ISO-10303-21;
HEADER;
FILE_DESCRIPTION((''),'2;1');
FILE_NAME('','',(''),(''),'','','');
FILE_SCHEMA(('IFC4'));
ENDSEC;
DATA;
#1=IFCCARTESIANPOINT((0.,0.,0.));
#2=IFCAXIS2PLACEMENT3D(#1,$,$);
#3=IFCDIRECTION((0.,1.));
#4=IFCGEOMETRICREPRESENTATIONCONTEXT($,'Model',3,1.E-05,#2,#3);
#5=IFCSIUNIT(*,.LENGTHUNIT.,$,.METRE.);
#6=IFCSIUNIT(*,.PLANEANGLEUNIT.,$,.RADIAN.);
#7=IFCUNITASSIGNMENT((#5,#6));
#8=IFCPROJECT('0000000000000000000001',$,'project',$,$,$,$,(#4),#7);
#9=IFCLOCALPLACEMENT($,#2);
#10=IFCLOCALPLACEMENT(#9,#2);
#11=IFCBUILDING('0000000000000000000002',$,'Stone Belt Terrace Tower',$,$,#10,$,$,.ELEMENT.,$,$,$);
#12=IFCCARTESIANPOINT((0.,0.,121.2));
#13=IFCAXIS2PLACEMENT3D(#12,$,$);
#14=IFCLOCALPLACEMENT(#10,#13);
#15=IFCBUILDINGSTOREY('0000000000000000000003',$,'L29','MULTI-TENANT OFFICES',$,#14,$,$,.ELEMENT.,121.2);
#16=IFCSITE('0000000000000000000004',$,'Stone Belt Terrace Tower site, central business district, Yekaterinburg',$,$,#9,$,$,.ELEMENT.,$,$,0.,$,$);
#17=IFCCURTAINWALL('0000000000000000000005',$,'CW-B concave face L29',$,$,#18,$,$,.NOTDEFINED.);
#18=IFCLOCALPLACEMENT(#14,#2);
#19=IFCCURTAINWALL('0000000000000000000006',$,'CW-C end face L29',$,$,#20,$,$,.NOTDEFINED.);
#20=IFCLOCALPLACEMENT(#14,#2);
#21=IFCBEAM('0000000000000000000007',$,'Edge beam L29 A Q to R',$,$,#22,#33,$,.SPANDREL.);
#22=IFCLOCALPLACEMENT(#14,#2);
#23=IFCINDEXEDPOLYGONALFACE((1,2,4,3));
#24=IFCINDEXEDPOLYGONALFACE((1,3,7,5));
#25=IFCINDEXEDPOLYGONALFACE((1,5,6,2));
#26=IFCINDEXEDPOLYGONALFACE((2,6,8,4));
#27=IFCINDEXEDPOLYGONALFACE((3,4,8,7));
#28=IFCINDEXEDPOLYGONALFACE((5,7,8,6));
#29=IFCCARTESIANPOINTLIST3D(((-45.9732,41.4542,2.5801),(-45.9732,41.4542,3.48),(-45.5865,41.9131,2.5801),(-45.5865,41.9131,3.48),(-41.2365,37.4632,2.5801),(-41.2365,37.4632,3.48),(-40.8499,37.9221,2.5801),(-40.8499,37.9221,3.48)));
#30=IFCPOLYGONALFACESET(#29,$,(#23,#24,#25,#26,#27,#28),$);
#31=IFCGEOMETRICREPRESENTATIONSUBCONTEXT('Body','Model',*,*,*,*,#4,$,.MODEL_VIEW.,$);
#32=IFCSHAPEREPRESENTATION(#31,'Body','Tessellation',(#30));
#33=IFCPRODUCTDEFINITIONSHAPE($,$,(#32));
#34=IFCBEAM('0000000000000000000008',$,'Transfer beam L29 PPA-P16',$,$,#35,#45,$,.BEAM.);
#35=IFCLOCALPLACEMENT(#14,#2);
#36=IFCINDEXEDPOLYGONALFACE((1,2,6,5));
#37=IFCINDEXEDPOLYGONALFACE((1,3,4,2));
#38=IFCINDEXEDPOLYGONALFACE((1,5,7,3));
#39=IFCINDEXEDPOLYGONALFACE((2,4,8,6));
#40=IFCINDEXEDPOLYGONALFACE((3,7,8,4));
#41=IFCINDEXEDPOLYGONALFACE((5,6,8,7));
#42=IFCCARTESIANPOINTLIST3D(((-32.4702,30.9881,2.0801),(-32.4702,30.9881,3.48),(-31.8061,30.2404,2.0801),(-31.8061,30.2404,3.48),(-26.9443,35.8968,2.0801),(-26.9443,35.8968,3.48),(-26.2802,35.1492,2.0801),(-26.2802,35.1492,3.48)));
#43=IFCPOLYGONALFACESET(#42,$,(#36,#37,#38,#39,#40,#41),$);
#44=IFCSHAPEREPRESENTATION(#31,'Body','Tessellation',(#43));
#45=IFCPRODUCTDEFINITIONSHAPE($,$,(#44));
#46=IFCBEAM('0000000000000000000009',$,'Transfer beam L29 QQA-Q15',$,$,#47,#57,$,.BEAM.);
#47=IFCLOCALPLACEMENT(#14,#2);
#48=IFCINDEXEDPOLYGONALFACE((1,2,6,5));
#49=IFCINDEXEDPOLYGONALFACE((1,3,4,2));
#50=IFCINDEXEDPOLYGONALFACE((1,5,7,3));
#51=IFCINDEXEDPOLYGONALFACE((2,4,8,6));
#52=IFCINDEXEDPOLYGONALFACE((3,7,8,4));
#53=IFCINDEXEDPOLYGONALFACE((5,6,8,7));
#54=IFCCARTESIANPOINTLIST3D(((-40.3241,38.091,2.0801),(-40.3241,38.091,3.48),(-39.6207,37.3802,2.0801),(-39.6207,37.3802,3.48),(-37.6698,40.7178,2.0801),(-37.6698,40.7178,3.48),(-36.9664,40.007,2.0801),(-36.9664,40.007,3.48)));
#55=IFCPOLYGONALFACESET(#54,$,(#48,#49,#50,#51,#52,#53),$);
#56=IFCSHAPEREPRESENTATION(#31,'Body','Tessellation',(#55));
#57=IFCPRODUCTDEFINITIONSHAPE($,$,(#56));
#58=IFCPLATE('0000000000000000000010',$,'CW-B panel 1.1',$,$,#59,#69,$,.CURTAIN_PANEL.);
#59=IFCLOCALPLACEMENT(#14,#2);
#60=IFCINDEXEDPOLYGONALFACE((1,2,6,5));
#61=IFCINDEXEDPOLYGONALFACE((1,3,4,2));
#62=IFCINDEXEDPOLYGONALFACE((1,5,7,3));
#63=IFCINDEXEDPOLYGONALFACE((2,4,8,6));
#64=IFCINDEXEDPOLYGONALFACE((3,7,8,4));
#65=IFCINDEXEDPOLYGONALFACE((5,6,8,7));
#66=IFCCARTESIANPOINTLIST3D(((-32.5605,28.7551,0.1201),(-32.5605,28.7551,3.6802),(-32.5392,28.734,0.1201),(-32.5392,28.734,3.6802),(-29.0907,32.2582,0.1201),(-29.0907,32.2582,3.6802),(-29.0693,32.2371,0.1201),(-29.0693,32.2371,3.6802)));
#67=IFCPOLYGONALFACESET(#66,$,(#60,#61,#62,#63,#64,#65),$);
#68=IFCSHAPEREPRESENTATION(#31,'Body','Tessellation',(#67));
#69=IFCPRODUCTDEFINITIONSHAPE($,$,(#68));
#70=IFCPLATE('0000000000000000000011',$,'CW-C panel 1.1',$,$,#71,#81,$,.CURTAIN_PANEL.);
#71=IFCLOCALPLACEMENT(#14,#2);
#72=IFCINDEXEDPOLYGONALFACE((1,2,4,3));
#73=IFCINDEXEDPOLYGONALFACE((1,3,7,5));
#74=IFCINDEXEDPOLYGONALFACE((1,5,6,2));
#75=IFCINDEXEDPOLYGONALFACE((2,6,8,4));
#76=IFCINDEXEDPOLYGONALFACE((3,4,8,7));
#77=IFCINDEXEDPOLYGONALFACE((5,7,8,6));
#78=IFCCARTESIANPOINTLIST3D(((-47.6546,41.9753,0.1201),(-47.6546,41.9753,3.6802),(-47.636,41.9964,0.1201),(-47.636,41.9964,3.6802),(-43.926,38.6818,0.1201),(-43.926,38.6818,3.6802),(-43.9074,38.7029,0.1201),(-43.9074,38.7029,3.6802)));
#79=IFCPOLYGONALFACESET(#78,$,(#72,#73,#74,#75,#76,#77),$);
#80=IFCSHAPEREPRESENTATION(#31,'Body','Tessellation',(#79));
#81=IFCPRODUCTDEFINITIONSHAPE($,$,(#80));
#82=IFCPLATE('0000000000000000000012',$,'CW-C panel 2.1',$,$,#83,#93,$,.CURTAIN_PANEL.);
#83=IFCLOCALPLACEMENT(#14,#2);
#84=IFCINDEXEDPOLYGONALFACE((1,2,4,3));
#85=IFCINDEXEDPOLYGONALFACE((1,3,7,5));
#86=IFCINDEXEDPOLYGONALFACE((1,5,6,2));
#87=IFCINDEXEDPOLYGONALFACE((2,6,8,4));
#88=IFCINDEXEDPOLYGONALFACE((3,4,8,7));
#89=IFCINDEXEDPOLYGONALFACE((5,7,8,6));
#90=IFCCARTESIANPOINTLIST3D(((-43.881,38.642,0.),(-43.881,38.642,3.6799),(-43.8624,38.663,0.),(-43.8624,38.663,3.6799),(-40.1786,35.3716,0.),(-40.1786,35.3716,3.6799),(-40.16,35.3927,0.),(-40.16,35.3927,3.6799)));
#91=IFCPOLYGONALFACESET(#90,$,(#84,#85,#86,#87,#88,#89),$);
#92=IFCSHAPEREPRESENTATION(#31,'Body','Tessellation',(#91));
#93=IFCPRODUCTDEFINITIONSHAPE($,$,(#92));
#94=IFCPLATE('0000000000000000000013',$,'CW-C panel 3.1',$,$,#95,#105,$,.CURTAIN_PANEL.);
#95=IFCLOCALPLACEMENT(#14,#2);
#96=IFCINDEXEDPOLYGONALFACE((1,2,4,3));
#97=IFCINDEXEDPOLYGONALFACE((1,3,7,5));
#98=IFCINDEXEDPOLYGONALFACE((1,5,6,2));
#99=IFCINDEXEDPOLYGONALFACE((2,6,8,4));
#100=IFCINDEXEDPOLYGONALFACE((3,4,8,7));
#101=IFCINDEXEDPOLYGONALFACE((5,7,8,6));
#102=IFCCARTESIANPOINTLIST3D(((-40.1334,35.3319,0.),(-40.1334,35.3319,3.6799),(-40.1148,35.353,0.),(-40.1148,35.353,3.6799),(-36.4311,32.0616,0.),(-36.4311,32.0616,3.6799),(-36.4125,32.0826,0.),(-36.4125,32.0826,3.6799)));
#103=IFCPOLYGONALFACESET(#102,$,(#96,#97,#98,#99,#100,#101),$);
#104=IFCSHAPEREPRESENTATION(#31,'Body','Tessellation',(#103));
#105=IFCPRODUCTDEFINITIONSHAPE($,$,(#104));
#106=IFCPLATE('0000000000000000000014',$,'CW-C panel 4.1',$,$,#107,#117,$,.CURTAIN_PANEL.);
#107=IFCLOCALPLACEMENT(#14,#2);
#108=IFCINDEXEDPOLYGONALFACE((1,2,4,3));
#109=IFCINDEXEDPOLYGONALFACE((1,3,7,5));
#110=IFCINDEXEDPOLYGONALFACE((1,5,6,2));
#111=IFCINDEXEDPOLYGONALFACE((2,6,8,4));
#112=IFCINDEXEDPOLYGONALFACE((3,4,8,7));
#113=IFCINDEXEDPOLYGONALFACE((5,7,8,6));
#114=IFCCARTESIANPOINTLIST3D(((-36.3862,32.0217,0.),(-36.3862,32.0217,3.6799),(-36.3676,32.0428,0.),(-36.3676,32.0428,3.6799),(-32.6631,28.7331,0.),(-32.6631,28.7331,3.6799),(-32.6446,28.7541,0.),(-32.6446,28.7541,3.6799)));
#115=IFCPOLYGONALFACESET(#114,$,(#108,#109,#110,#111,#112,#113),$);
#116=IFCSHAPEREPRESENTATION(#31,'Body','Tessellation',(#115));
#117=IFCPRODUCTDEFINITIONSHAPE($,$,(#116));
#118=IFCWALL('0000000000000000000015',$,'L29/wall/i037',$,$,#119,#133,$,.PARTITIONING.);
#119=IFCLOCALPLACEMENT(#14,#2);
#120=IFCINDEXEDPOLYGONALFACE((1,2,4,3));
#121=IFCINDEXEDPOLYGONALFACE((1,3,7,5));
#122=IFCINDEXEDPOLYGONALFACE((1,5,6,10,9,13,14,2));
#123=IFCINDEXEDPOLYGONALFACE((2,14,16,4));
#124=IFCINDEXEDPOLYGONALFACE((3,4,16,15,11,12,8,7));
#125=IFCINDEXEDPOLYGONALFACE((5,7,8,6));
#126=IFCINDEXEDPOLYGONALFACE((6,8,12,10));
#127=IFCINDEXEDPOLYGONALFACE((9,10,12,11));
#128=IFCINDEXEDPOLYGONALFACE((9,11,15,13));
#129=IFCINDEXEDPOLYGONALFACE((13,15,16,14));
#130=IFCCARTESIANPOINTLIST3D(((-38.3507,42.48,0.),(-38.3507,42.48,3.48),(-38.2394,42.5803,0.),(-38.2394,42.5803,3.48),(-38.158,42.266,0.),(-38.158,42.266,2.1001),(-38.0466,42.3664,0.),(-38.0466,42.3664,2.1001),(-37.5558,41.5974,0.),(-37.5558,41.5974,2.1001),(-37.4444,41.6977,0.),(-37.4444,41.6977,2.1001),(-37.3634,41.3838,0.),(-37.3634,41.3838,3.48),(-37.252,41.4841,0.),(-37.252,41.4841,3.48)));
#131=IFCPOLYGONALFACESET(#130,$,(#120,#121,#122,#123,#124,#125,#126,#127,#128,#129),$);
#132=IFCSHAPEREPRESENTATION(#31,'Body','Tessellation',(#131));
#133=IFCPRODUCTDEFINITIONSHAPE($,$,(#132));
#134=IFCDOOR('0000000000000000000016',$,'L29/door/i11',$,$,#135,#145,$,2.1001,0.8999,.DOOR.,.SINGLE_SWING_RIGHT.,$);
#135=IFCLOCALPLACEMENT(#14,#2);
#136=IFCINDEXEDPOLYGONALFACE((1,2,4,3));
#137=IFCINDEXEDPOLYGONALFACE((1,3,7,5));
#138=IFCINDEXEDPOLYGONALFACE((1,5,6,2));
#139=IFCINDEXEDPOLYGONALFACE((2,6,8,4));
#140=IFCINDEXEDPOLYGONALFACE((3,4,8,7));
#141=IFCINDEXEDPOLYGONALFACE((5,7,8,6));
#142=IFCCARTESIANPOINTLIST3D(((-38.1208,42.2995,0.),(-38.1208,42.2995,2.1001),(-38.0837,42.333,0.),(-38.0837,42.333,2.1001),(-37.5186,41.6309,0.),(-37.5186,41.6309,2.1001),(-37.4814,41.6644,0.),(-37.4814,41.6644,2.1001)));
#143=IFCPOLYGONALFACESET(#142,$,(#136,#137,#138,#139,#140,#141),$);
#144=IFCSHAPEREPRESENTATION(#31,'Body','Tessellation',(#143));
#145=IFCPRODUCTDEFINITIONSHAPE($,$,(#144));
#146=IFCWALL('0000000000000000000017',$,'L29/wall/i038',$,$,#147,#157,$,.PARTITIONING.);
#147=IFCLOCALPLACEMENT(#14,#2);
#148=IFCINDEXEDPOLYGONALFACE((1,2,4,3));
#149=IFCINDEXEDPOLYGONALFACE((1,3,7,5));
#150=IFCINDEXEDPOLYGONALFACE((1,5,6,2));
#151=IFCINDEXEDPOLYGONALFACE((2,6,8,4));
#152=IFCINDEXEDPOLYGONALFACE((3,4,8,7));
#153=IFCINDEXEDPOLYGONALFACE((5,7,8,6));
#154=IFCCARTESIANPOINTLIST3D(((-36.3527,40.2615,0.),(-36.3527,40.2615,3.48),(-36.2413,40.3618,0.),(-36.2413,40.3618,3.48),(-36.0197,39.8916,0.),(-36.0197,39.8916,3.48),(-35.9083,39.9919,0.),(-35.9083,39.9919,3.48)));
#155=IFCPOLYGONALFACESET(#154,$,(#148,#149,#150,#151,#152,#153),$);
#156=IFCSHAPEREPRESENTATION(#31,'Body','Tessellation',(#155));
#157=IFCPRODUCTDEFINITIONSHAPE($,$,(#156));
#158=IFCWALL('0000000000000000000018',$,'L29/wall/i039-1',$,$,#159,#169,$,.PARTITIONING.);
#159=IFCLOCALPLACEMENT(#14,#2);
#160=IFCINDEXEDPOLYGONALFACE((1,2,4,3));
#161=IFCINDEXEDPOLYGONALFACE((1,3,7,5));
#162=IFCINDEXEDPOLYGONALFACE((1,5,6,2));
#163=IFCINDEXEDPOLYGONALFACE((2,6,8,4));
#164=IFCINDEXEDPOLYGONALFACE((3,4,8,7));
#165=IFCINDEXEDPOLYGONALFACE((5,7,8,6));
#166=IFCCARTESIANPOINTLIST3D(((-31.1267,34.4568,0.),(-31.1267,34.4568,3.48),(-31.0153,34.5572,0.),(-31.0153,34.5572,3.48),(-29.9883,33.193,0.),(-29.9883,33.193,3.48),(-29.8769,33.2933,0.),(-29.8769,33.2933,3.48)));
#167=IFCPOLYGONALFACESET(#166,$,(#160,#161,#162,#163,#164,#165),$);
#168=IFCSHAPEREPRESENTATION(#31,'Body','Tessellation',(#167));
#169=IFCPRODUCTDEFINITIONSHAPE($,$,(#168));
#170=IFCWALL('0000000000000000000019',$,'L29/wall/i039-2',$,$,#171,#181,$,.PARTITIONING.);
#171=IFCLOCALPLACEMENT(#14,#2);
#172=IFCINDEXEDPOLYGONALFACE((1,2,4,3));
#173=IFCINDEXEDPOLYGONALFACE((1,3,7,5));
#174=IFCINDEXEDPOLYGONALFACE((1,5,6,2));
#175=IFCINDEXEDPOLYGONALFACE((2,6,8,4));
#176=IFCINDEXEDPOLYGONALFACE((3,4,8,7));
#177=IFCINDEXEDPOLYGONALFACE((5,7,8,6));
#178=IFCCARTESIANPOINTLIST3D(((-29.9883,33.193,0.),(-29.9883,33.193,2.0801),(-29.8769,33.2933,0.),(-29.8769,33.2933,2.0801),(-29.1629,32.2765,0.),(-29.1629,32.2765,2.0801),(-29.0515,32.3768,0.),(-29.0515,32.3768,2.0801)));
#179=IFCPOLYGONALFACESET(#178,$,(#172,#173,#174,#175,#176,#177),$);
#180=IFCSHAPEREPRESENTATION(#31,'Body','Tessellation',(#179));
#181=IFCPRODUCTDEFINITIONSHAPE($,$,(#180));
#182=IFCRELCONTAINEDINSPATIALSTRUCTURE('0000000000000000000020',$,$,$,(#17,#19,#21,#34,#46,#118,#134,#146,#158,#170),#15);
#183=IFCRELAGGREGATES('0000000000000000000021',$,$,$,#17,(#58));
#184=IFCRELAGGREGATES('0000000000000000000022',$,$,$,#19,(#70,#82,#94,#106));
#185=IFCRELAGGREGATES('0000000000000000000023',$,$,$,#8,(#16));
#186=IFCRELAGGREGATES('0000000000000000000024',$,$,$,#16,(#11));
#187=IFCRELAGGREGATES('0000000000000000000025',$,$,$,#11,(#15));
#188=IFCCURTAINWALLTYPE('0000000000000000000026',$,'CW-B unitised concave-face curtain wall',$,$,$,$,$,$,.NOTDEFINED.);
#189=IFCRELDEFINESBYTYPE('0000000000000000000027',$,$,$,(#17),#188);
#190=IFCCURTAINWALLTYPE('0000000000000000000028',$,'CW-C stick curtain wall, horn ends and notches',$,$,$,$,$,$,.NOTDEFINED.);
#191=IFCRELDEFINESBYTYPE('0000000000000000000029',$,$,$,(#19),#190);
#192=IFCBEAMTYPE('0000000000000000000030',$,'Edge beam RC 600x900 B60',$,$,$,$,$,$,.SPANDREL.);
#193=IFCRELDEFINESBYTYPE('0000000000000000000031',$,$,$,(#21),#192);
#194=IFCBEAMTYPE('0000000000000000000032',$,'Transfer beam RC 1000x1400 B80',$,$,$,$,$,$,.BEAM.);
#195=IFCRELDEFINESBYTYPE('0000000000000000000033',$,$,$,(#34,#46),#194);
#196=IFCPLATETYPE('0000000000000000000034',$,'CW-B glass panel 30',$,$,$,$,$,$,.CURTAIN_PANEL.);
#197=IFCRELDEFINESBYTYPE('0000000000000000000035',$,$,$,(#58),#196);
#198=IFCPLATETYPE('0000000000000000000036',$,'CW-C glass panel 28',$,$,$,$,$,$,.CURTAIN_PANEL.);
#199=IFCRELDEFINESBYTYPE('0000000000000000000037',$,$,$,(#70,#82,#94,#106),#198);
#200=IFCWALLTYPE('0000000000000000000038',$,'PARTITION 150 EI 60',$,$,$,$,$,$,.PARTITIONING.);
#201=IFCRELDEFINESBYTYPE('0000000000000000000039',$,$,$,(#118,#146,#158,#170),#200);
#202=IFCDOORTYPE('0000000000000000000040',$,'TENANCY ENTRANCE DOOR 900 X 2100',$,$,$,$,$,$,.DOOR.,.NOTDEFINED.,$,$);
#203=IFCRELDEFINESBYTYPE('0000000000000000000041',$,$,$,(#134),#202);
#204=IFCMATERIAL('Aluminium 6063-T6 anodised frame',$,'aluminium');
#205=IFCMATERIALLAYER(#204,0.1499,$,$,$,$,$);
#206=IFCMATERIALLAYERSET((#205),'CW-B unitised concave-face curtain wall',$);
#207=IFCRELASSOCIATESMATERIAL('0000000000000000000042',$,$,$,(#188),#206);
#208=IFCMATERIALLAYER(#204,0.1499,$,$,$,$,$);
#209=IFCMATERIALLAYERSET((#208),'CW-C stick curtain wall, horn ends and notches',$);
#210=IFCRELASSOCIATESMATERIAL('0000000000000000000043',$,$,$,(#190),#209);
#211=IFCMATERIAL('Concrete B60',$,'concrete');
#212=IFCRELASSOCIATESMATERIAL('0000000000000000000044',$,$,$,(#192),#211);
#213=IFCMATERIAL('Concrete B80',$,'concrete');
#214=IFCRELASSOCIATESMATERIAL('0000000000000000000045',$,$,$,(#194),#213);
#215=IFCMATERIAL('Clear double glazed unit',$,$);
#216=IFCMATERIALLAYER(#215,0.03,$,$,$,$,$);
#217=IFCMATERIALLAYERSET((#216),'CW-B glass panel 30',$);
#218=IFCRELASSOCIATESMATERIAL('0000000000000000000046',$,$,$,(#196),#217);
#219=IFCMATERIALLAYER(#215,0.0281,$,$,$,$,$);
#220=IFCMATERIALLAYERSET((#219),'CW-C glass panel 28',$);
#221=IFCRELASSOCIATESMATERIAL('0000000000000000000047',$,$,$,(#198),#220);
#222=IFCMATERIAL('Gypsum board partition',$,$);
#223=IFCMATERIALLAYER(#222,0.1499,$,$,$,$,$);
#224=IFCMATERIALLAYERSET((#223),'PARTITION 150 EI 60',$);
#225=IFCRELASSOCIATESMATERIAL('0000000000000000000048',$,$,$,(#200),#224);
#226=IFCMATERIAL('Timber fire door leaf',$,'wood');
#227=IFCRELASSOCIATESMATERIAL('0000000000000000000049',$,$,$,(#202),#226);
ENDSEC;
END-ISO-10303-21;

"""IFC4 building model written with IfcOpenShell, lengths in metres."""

from ifc_helpers import new_model, si_unit, direction, frame, frame_2d, origin, origin_2d, place, context, subcontext, project, spatial, rectangle, extrude, material, layer, layer_set, material_profile, profile_set, type_object, element, fill, aggregate, save


model = new_model("IFC4")

# Units and contexts
model_context = context("Model", 3, precision=1e-05, world=origin(), true_north=direction((0.0, 1.0)))
body_context = subcontext(model_context, "Body", "Model", "MODEL_VIEW")
ifc_project = project(units=[si_unit("LENGTHUNIT", "METRE"), si_unit("PLANEANGLEUNIT", "RADIAN")], contexts=[model_context])

# Site, building, storey
site_placement = place(None, origin())
site = spatial("IfcSite", under=ifc_project, at=site_placement, Name="Stone Belt Terrace Tower site, central business district, Yekaterinburg", CompositionType="ELEMENT", RefElevation=0.0)
building_placement = place(site_placement, origin())
building = spatial("IfcBuilding", under=site, at=building_placement, Name="Stone Belt Terrace Tower", CompositionType="ELEMENT")
storey_placement = place(building_placement, frame((0.0, 0.0, 121.2)))
storey = spatial("IfcBuildingStorey", under=building, at=storey_placement, Name="L29", Description="MULTI-TENANT OFFICES", CompositionType="ELEMENT", Elevation=121.2)

# Shared definitions
ifc_material_1 = material(Name="Concrete B80", Category="concrete")

# Curtain walls
ifc_material_2 = material(Name="Aluminium 6063-T6 anodised frame", Category="aluminium")
ifc_layer_1 = layer(ifc_material_2, 0.1499)
ifc_layer_set_1 = layer_set([ifc_layer_1], Name="CW-B unitised concave-face curtain wall")
curtain_wall_type_1 = type_object("IfcCurtainWallType", Name="CW-B unitised concave-face curtain wall", PredefinedType="NOTDEFINED", material=ifc_layer_set_1)
curtain_wall_1_placement = place(storey_placement, origin())
curtain_wall_1 = element("IfcCurtainWall", 1, at=curtain_wall_1_placement, inside=storey, type_object=curtain_wall_type_1, Name="CW-B concave face L29", PredefinedType="NOTDEFINED")
ifc_layer_2 = layer(ifc_material_2, 0.1499)
ifc_layer_set_2 = layer_set([ifc_layer_2], Name="CW-C stick curtain wall, horn ends and notches")
curtain_wall_type_2 = type_object("IfcCurtainWallType", Name="CW-C stick curtain wall, horn ends and notches", PredefinedType="NOTDEFINED", material=ifc_layer_set_2)
curtain_wall_2_placement = place(storey_placement, origin())
curtain_wall_2 = element("IfcCurtainWall", 2, at=curtain_wall_2_placement, inside=storey, type_object=curtain_wall_type_2, Name="CW-C end face L29", PredefinedType="NOTDEFINED")

# Beams
ifc_material_3 = material(Name="Concrete B60", Category="concrete")
ifc_material_profile_1 = material_profile(ifc_material_3, rectangle(XDim=0.6001, YDim=0.8999, at=origin_2d()), Name="RC 600x900")
ifc_profile_set_1 = profile_set([ifc_material_profile_1], Name="Concrete B60")
beam_type_1 = type_object("IfcBeamType", Name="Edge beam RC 600x900 B60", PredefinedType="SPANDREL", material=ifc_profile_set_1)
beam_1_placement = place(storey_placement, frame((-41.0432, 37.6926, 3.03), z_axis=(-0.76473, 0.644351, 0.0), x_axis=(-0.644351, -0.76473, 0.0)))
element("IfcBeam", 3, at=beam_1_placement, inside=storey, type_object=beam_type_1, Name="Edge beam L29 A Q to R", PredefinedType="SPANDREL", context=body_context, shape_type="SweptSolid", body=[
    extrude(rectangle(XDim=0.6001, YDim=0.8999, at=origin_2d()), origin(), (0.0, 0.0, 1.0), 6.1938),
])
ifc_material_profile_2 = material_profile(ifc_material_1, rectangle(XDim=1.0, YDim=1.3999, at=origin_2d()), Name="RC 1000x1400")
ifc_profile_set_2 = profile_set([ifc_material_profile_2], Name="Concrete B80")
beam_type_2 = type_object("IfcBeamType", Name="Transfer beam RC 1000x1400 B80", PredefinedType="BEAM", material=ifc_profile_set_2)
beam_2_placement = place(storey_placement, frame((-32.1382, 30.6143, 2.78), z_axis=(0.747624, 0.664122, 0.0), x_axis=(-0.664122, 0.747624, 0.0)))
element("IfcBeam", 4, at=beam_2_placement, inside=storey, type_object=beam_type_2, Name="Transfer beam L29 PPA-P16", PredefinedType="BEAM", context=body_context, shape_type="SweptSolid", body=[
    extrude(rectangle(XDim=1.0, YDim=1.3999, at=origin_2d()), origin(), (0.0, 0.0, 1.0), 7.3914),
])
beam_3_placement = place(storey_placement, frame((-39.9724, 37.7356, 2.78), z_axis=(0.710791, 0.703403, 0.0), x_axis=(-0.703403, 0.710791, 0.0)))
element("IfcBeam", 5, at=beam_3_placement, inside=storey, type_object=beam_type_2, Name="Transfer beam L29 QQA-Q15", PredefinedType="BEAM", context=body_context, shape_type="SweptSolid", body=[
    extrude(rectangle(XDim=1.0, YDim=1.3999, at=origin_2d()), origin(), (0.0, 0.0, 1.0), 3.7344),
])

# Plates
ifc_material_4 = material(Name="Clear double glazed unit")
ifc_layer_3 = layer(ifc_material_4, 0.03)
ifc_layer_set_3 = layer_set([ifc_layer_3], Name="CW-B glass panel 30")
plate_type_1 = type_object("IfcPlateType", Name="CW-B glass panel 30", PredefinedType="CURTAIN_PANEL", material=ifc_layer_set_3)
plate_1_placement = place(storey_placement, frame((-30.8149, 30.4961, 0.1201), z_axis=(0.0, 0.0, 1.0), x_axis=(0.703735, 0.710463, 0.0)))
plate_1 = element("IfcPlate", 6, at=plate_1_placement, type_object=plate_type_1, Name="CW-B panel 1.1", PredefinedType="CURTAIN_PANEL", context=body_context, shape_type="SweptSolid", body=[
    extrude(rectangle(XDim=4.9307, YDim=0.03, at=origin_2d()), origin(), (0.0, 0.0, 1.0), 3.5601),
])
aggregate(curtain_wall_1, [plate_1])
ifc_layer_4 = layer(ifc_material_4, 0.0281)
ifc_layer_set_4 = layer_set([ifc_layer_4], Name="CW-C glass panel 28")
plate_type_2 = type_object("IfcPlateType", Name="CW-C glass panel 28", PredefinedType="CURTAIN_PANEL", material=ifc_layer_set_4)
plate_2_placement = place(storey_placement, frame((-45.781, 40.3391, 0.1201), z_axis=(0.0, 0.0, 1.0), x_axis=(0.749478, -0.66203, 0.0)))
plate_2 = element("IfcPlate", 7, at=plate_2_placement, type_object=plate_type_2, Name="CW-C panel 1.1", PredefinedType="CURTAIN_PANEL", context=body_context, shape_type="SweptSolid", body=[
    extrude(rectangle(XDim=4.9749, YDim=0.0281, at=origin_2d()), origin(), (0.0, 0.0, 1.0), 3.5601),
])
plate_3_placement = place(storey_placement, frame((-42.0205, 37.0173, 0.0), z_axis=(0.0, 0.0, 1.0), x_axis=(0.749478, -0.66203, 0.0)))
plate_3 = element("IfcPlate", 8, at=plate_3_placement, type_object=plate_type_2, Name="CW-C panel 2.1", PredefinedType="CURTAIN_PANEL", context=body_context, shape_type="SweptSolid", body=[
    extrude(rectangle(XDim=4.9399, YDim=0.0281, at=origin_2d()), origin(), (0.0, 0.0, 1.0), 3.6799),
])
plate_4_placement = place(storey_placement, frame((-38.2729, 33.7073, 0.0), z_axis=(0.0, 0.0, 1.0), x_axis=(0.749478, -0.66203, 0.0)))
plate_4 = element("IfcPlate", 9, at=plate_4_placement, type_object=plate_type_2, Name="CW-C panel 3.1", PredefinedType="CURTAIN_PANEL", context=body_context, shape_type="SweptSolid", body=[
    extrude(rectangle(XDim=4.9399, YDim=0.0281, at=origin_2d()), origin(), (0.0, 0.0, 1.0), 3.6799),
])
plate_5_placement = place(storey_placement, frame((-34.5154, 30.3879, 0.0), z_axis=(0.0, 0.0, 1.0), x_axis=(0.749478, -0.66203, 0.0)))
plate_5 = element("IfcPlate", 10, at=plate_5_placement, type_object=plate_type_2, Name="CW-C panel 4.1", PredefinedType="CURTAIN_PANEL", context=body_context, shape_type="SweptSolid", body=[
    extrude(rectangle(XDim=4.9675, YDim=0.0281, at=origin_2d()), origin(), (0.0, 0.0, 1.0), 3.6799),
])
aggregate(curtain_wall_2, [plate_2, plate_3, plate_4, plate_5])

# Wall, opening, door
ifc_material_5 = material(Name="Gypsum board partition")
ifc_layer_5 = layer(ifc_material_5, 0.1499)
ifc_layer_set_5 = layer_set([ifc_layer_5], Name="PARTITION 150 EI 60")
wall_type_1 = type_object("IfcWallType", Name="PARTITION 150 EI 60", PredefinedType="PARTITIONING", material=ifc_layer_set_5)
wall_1_placement = place(storey_placement, frame((-37.3076, 41.4338, 0.0), z_axis=(0.0, 0.0, 1.0), x_axis=(-0.669239, 0.743047, 0.0)))
wall_1 = element("IfcWall", 11, at=wall_1_placement, inside=storey, type_object=wall_type_1, Name="L29/wall/i037", PredefinedType="PARTITIONING", context=body_context, shape_type="SweptSolid", body=[
    extrude(rectangle(XDim=1.4753, YDim=0.1499, at=frame_2d((0.7378, 0.0))), origin(), (0.0, 0.0, 1.0), 3.48),
])
opening_1_placement = place(wall_1_placement, frame((0.2876, 0.0, 0.0)))
opening_1 = element("IfcOpeningElement", 12, at=opening_1_placement, cuts=wall_1, PredefinedType="OPENING", context=body_context, shape_type="SweptSolid", body=[
    extrude(rectangle(XDim=0.8999, YDim=2.1001, at=frame_2d((0.45, 1.05))), frame((0.0, 0.085, 0.0), z_axis=(0.0, -1.0, 0.0), x_axis=(1.0, 0.0, 0.0)), (0.0, 0.0, 1.0), 0.1699),
])
ifc_material_6 = material(Name="Timber fire door leaf", Category="wood")
door_type_1 = type_object("IfcDoorType", Name="TENANCY ENTRANCE DOOR 900 X 2100", OperationType="NOTDEFINED", PredefinedType="DOOR", material=ifc_material_6)
door_1_placement = place(opening_1_placement, origin())
door_1 = element("IfcDoor", 13, at=door_1_placement, inside=storey, type_object=door_type_1, Name="L29/door/i11", OperationType="SINGLE_SWING_RIGHT", OverallHeight=2.1001, OverallWidth=0.8999, PredefinedType="DOOR", context=body_context, shape_type="SweptSolid", body=[
    extrude(rectangle(XDim=0.8999, YDim=2.1001, at=frame_2d((0.45, 1.05))), frame((0.0, 0.0249, 0.0), z_axis=(0.0, -1.0, 0.0), x_axis=(1.0, 0.0, 0.0)), (0.0, 0.0, 1.0), 0.05),
])
fill(opening_1, door_1)

# Walls
wall_2_placement = place(storey_placement, frame((-36.2971, 40.3118, 0.0), z_axis=(0.0, 0.0, 1.0), x_axis=(0.6691, -0.743172, 0.0)))
element("IfcWall", 14, at=wall_2_placement, inside=storey, type_object=wall_type_1, Name="L29/wall/i038", PredefinedType="PARTITIONING", context=body_context, shape_type="SweptSolid", body=[
    extrude(rectangle(XDim=0.4978, YDim=0.1499, at=frame_2d((0.249, 0.0))), origin(), (0.0, 0.0, 1.0), 3.48),
])
wall_3_placement = place(storey_placement, frame((-31.071, 34.5071, 0.0), z_axis=(0.0, 0.0, 1.0), x_axis=(0.669258, -0.74303, 0.0)))
element("IfcWall", 15, at=wall_3_placement, inside=storey, type_object=wall_type_1, Name="L29/wall/i039-1", PredefinedType="PARTITIONING", context=body_context, shape_type="SweptSolid", body=[
    extrude(rectangle(XDim=1.7009, YDim=0.1499, at=frame_2d((0.8506, 0.0))), origin(), (0.0, 0.0, 1.0), 3.48),
])
wall_4_placement = place(storey_placement, frame((-29.9326, 33.2432, 0.0), z_axis=(0.0, 0.0, 1.0), x_axis=(0.669227, -0.743058, 0.0)))
element("IfcWall", 16, at=wall_4_placement, inside=storey, type_object=wall_type_1, Name="L29/wall/i039-2", PredefinedType="PARTITIONING", context=body_context, shape_type="SweptSolid", body=[
    extrude(rectangle(XDim=1.2334, YDim=0.1499, at=frame_2d((0.6167, 0.0))), origin(), (0.0, 0.0, 1.0), 2.0801),
])

save(model, "model.ifc")
